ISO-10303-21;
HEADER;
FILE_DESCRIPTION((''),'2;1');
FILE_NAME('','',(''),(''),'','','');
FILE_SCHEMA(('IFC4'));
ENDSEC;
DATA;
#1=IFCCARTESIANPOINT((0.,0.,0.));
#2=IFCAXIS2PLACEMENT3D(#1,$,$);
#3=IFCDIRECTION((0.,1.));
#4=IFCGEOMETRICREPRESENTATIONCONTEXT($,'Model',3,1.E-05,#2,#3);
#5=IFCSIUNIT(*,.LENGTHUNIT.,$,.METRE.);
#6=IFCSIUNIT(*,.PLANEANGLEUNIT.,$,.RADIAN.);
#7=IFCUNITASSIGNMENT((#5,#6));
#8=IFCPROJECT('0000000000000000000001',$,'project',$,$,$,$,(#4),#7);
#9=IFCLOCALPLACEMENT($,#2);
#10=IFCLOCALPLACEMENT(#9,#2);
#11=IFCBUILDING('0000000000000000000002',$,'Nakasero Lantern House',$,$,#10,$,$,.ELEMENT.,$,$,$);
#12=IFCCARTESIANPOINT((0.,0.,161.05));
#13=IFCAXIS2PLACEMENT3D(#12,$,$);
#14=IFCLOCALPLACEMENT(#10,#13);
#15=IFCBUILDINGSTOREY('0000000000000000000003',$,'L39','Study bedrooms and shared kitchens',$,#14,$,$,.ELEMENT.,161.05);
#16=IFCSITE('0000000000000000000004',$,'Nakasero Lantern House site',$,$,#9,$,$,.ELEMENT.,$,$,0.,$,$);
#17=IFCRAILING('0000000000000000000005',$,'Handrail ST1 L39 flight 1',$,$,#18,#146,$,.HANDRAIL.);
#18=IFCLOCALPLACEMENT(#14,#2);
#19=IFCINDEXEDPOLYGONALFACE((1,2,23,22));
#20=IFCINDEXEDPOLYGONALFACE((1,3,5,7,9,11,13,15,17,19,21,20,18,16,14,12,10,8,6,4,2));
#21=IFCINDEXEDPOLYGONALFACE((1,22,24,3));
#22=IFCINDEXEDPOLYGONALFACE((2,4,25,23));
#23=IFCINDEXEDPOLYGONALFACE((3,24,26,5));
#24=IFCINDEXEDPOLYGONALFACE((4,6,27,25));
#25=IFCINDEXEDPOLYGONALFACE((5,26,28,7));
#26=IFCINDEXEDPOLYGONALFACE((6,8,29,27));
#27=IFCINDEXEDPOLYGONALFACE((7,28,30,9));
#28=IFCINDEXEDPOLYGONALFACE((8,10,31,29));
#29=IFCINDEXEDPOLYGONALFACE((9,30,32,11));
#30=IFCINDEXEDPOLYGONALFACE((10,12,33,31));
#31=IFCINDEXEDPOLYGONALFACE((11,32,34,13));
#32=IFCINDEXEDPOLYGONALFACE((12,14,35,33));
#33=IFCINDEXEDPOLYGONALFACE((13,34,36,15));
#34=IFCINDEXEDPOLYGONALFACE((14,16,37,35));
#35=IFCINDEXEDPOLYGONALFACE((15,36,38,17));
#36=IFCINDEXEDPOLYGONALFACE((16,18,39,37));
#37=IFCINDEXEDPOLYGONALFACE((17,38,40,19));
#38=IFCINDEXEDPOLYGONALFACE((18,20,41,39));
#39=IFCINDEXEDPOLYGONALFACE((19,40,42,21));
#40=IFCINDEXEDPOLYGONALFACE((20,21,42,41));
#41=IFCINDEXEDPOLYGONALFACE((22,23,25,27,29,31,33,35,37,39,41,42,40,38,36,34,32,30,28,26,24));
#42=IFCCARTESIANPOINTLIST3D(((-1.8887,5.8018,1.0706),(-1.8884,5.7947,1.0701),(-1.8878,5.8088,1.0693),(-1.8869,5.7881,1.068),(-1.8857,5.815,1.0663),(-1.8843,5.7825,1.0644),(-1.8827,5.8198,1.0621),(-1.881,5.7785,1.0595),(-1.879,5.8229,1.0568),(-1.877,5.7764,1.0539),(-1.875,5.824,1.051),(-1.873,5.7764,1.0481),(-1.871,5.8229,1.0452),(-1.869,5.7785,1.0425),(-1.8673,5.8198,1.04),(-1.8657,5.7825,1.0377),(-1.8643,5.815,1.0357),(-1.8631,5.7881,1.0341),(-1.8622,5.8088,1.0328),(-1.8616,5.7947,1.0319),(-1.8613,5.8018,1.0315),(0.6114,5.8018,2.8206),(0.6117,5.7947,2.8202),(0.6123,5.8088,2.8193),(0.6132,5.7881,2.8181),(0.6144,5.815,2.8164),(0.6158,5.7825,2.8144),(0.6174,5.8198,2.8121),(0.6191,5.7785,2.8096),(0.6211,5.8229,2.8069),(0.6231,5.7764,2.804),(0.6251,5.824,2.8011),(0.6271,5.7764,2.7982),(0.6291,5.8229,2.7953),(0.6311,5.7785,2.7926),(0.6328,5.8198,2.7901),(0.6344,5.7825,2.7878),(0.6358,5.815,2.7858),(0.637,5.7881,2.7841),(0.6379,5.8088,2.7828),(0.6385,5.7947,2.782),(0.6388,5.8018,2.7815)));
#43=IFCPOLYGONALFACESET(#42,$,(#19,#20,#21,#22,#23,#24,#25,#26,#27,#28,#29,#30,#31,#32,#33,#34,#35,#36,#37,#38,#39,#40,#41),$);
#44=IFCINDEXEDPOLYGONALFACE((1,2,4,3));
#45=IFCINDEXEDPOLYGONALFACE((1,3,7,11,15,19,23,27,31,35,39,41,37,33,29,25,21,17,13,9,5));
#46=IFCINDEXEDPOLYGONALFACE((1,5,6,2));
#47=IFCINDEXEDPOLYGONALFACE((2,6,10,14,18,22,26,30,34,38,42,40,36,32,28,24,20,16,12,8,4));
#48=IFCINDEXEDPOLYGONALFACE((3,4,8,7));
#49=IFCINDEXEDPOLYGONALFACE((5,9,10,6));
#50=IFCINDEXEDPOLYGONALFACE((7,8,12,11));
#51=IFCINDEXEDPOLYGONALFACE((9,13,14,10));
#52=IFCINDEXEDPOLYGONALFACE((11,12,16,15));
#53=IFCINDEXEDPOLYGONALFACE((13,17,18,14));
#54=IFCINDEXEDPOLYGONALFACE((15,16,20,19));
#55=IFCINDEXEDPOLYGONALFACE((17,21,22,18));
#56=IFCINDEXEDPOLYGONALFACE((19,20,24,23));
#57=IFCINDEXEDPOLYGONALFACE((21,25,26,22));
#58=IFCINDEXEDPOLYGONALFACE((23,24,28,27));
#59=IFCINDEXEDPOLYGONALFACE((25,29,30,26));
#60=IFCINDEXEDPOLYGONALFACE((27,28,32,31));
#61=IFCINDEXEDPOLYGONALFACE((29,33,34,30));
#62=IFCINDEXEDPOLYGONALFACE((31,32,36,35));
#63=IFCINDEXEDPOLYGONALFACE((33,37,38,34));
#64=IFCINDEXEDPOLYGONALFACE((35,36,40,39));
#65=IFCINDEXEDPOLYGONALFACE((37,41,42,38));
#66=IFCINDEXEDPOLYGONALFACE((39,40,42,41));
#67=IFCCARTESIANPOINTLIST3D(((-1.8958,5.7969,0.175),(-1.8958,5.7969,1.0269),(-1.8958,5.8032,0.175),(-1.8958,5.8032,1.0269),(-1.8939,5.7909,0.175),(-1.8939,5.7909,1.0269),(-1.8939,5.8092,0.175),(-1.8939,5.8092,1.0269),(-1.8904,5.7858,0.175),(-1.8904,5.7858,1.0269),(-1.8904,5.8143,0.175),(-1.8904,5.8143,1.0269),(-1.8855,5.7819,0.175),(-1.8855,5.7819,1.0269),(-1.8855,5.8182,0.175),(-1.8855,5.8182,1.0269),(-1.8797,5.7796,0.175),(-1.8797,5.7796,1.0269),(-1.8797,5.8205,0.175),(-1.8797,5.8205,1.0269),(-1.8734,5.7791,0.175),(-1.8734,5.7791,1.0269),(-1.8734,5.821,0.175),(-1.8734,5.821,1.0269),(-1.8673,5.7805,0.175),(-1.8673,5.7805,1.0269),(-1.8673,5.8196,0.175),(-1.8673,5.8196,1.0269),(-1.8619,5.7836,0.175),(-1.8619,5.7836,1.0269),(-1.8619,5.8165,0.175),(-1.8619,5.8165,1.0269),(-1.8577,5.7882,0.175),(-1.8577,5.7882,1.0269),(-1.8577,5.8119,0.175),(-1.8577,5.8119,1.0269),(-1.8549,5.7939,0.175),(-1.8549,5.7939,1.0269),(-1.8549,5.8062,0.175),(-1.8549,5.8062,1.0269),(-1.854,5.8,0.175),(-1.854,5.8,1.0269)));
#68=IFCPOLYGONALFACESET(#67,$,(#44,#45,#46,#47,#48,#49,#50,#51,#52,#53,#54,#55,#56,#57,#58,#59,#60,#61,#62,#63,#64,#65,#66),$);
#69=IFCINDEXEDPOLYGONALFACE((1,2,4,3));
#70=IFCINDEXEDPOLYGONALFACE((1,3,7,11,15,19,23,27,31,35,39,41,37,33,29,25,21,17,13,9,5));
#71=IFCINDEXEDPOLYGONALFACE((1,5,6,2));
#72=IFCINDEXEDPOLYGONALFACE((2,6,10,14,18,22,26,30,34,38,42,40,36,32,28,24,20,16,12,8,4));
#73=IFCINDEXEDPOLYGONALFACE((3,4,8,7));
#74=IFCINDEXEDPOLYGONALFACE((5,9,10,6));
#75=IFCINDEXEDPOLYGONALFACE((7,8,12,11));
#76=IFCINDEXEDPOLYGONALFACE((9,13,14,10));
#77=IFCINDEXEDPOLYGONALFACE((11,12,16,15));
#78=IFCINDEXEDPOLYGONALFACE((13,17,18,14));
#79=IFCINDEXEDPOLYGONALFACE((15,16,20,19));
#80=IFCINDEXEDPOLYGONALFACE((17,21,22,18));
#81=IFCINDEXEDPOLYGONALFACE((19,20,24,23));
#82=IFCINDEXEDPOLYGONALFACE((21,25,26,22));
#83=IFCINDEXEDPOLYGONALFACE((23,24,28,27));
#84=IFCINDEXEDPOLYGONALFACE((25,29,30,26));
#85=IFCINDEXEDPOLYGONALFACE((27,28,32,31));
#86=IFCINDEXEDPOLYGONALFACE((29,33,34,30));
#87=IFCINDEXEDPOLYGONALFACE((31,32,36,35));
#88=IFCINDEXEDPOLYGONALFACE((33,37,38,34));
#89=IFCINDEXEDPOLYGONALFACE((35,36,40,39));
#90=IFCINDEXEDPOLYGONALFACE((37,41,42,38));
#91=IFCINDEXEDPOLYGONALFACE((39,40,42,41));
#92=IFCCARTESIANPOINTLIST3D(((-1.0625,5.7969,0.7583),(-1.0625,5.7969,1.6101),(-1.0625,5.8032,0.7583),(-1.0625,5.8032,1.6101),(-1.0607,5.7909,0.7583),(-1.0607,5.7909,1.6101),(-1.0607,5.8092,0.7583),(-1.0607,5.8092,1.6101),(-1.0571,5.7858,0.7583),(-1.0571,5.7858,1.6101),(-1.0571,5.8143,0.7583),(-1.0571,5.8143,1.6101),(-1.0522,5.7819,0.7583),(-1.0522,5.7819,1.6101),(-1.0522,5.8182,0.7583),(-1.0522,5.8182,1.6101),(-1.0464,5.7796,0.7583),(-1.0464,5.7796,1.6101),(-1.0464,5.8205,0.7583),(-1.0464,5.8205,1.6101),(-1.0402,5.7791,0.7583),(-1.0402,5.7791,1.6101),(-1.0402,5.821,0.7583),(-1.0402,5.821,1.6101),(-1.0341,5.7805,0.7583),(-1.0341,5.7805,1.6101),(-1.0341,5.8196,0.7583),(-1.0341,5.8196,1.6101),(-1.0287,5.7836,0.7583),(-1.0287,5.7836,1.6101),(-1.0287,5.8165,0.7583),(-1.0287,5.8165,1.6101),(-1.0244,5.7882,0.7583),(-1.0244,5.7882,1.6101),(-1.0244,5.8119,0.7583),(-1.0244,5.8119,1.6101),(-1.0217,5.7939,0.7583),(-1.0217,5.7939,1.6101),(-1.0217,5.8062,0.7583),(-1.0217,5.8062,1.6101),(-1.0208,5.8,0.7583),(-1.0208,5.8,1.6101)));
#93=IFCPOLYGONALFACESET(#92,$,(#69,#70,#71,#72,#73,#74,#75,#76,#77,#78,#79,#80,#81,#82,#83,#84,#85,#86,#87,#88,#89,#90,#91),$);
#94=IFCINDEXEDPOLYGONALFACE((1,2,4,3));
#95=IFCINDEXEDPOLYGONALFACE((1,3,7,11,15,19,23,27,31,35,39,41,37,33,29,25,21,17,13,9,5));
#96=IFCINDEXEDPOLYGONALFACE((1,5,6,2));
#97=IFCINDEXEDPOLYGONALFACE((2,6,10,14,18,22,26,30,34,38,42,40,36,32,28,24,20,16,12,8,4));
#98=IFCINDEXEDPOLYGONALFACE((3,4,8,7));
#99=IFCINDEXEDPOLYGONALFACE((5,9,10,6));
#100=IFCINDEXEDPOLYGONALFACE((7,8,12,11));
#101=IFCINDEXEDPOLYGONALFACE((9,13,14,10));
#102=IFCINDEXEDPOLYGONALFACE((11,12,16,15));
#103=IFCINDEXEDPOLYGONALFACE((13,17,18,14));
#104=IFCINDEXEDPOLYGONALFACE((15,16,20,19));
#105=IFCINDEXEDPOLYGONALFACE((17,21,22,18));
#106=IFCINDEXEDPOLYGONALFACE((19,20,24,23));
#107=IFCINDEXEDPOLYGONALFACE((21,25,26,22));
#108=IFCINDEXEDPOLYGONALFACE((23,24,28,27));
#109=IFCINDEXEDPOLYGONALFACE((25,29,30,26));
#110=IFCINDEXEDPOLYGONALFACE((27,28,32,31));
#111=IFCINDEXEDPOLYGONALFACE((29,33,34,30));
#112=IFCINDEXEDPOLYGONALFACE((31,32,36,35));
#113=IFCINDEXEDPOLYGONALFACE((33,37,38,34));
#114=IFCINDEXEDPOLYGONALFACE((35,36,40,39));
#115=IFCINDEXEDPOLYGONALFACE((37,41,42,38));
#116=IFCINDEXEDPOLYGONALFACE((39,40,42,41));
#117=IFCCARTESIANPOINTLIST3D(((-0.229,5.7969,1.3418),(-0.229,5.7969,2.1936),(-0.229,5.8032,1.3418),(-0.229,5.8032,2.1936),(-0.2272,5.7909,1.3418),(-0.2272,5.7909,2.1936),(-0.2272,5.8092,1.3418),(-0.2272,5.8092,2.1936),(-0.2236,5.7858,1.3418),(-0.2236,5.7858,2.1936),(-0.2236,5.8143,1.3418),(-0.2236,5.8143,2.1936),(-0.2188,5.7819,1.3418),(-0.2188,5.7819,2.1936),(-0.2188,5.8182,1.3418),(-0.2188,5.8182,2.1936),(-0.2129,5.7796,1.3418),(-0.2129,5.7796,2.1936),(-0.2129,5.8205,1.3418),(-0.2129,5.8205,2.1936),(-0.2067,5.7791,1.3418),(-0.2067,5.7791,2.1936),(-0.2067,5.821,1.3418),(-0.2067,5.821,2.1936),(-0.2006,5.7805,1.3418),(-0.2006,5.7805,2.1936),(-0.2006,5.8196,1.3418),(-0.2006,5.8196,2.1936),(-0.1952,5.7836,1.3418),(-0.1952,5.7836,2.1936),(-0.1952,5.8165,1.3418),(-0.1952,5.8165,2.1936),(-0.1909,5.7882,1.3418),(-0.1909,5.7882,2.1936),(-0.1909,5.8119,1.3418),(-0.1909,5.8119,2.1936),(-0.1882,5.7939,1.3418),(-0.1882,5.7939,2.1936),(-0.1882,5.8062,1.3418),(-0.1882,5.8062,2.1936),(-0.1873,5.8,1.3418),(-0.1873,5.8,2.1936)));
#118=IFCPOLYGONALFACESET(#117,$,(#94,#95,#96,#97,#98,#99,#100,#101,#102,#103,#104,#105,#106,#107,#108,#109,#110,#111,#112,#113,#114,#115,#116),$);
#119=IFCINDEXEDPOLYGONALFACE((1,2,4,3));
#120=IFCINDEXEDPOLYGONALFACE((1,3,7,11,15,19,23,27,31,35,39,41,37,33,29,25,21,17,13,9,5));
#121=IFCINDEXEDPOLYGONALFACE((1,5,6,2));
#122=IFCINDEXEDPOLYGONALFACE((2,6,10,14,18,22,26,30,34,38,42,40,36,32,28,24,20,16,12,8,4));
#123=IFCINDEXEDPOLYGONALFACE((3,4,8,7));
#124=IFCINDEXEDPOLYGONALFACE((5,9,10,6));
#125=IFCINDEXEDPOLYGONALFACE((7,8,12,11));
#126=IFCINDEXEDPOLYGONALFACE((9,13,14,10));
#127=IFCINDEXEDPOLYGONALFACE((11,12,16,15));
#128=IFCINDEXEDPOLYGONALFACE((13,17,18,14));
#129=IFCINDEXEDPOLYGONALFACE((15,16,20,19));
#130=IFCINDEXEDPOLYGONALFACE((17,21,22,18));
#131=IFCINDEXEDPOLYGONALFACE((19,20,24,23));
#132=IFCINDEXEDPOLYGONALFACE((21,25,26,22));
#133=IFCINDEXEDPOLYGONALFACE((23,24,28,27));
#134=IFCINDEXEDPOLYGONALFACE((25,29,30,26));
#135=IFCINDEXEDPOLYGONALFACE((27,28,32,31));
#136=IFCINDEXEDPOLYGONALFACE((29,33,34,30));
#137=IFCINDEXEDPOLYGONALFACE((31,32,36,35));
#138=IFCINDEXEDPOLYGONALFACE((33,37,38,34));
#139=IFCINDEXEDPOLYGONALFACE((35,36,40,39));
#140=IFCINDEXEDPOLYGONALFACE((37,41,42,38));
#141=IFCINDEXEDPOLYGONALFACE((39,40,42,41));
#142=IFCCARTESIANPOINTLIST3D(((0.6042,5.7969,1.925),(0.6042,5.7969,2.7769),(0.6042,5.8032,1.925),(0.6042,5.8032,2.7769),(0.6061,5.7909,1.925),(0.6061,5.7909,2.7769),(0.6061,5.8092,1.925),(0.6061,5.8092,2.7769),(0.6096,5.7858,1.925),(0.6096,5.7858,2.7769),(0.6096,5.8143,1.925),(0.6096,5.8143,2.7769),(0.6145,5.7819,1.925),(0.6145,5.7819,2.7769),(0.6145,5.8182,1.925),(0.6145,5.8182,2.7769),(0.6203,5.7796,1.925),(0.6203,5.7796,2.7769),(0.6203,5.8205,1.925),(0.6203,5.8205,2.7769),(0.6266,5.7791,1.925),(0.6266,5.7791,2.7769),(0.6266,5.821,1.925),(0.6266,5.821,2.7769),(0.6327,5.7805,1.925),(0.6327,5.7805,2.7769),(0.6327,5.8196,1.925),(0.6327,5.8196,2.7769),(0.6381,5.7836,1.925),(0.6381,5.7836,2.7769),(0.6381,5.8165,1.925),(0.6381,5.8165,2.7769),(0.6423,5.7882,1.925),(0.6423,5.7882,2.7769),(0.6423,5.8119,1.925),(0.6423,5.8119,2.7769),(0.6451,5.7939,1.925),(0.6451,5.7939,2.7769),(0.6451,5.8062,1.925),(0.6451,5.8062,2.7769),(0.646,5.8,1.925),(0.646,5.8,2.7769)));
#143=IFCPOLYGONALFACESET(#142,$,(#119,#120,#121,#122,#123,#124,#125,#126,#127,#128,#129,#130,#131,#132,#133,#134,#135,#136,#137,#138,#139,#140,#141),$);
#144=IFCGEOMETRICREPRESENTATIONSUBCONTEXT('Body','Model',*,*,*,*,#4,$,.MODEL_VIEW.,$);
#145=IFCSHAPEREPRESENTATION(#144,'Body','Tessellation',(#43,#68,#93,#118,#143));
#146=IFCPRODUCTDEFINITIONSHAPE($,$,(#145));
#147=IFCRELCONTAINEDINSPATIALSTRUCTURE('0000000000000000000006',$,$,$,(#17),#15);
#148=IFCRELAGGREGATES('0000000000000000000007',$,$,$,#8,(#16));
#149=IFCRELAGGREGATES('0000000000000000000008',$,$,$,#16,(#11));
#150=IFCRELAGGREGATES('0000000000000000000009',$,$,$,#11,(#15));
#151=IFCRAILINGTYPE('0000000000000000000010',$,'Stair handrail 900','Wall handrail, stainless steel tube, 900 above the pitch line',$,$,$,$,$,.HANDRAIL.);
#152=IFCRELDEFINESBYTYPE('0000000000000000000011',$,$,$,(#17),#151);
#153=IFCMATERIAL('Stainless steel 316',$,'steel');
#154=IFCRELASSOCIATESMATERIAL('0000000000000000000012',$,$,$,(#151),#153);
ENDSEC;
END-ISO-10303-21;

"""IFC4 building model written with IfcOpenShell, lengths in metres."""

from ifc_helpers import new_model, si_unit, direction, frame, origin, origin_2d, place, context, subcontext, project, spatial, circle, extrude, material, type_object, element, save


model = new_model("IFC4")

# Units and contexts
model_context = context("Model", 3, precision=1e-05, world=origin(), true_north=direction((0.0, 1.0)))
body_context = subcontext(model_context, "Body", "Model", "MODEL_VIEW")
ifc_project = project(units=[si_unit("LENGTHUNIT", "METRE"), si_unit("PLANEANGLEUNIT", "RADIAN")], contexts=[model_context])

# Site, building, storey
site_placement = place(None, origin())
site = spatial("IfcSite", under=ifc_project, at=site_placement, Name="Nakasero Lantern House site", CompositionType="ELEMENT", RefElevation=0.0)
building_placement = place(site_placement, origin())
building = spatial("IfcBuilding", under=site, at=building_placement, Name="Nakasero Lantern House", CompositionType="ELEMENT")
storey_placement = place(building_placement, frame((0.0, 0.0, 161.05)))
storey = spatial("IfcBuildingStorey", under=building, at=storey_placement, Name="L39", Description="Study bedrooms and shared kitchens", CompositionType="ELEMENT", Elevation=161.05)

# Railing
ifc_material_1 = material(Name="Stainless steel 316", Category="steel")
railing_type = type_object("IfcRailingType", Name="Stair handrail 900", Description="Wall handrail, stainless steel tube, 900 above the pitch line", PredefinedType="HANDRAIL", material=ifc_material_1)
railing_placement = place(storey_placement, frame((-1.875, 5.8, 0.175)))
element("IfcRailing", 1, at=railing_placement, inside=storey, type_object=railing_type, Name="Handrail ST1 L39 flight 1", PredefinedType="HANDRAIL", context=body_context, shape_type="SweptSolid", body=[
    extrude(circle(Radius=0.0239, at=origin_2d()), frame((0.0, 0.0, 0.876), z_axis=(0.819232, 0.0, 0.573462), x_axis=(0.0, 1.0, 0.0)), (0.0, 0.0, 1.0), 3.0518),
    extrude(circle(Radius=0.021, at=origin_2d()), origin(), (0.0, 0.0, 1.0), 0.8518),
    extrude(circle(Radius=0.021, at=origin_2d()), frame((0.8333, 0.0, 0.5833)), (0.0, 0.0, 1.0), 0.8518),
    extrude(circle(Radius=0.021, at=origin_2d()), frame((1.6667, 0.0, 1.1667)), (0.0, 0.0, 1.0), 0.8518),
    extrude(circle(Radius=0.021, at=origin_2d()), frame((2.5, 0.0, 1.75)), (0.0, 0.0, 1.0), 0.8518),
])

save(model, "model.ifc")
